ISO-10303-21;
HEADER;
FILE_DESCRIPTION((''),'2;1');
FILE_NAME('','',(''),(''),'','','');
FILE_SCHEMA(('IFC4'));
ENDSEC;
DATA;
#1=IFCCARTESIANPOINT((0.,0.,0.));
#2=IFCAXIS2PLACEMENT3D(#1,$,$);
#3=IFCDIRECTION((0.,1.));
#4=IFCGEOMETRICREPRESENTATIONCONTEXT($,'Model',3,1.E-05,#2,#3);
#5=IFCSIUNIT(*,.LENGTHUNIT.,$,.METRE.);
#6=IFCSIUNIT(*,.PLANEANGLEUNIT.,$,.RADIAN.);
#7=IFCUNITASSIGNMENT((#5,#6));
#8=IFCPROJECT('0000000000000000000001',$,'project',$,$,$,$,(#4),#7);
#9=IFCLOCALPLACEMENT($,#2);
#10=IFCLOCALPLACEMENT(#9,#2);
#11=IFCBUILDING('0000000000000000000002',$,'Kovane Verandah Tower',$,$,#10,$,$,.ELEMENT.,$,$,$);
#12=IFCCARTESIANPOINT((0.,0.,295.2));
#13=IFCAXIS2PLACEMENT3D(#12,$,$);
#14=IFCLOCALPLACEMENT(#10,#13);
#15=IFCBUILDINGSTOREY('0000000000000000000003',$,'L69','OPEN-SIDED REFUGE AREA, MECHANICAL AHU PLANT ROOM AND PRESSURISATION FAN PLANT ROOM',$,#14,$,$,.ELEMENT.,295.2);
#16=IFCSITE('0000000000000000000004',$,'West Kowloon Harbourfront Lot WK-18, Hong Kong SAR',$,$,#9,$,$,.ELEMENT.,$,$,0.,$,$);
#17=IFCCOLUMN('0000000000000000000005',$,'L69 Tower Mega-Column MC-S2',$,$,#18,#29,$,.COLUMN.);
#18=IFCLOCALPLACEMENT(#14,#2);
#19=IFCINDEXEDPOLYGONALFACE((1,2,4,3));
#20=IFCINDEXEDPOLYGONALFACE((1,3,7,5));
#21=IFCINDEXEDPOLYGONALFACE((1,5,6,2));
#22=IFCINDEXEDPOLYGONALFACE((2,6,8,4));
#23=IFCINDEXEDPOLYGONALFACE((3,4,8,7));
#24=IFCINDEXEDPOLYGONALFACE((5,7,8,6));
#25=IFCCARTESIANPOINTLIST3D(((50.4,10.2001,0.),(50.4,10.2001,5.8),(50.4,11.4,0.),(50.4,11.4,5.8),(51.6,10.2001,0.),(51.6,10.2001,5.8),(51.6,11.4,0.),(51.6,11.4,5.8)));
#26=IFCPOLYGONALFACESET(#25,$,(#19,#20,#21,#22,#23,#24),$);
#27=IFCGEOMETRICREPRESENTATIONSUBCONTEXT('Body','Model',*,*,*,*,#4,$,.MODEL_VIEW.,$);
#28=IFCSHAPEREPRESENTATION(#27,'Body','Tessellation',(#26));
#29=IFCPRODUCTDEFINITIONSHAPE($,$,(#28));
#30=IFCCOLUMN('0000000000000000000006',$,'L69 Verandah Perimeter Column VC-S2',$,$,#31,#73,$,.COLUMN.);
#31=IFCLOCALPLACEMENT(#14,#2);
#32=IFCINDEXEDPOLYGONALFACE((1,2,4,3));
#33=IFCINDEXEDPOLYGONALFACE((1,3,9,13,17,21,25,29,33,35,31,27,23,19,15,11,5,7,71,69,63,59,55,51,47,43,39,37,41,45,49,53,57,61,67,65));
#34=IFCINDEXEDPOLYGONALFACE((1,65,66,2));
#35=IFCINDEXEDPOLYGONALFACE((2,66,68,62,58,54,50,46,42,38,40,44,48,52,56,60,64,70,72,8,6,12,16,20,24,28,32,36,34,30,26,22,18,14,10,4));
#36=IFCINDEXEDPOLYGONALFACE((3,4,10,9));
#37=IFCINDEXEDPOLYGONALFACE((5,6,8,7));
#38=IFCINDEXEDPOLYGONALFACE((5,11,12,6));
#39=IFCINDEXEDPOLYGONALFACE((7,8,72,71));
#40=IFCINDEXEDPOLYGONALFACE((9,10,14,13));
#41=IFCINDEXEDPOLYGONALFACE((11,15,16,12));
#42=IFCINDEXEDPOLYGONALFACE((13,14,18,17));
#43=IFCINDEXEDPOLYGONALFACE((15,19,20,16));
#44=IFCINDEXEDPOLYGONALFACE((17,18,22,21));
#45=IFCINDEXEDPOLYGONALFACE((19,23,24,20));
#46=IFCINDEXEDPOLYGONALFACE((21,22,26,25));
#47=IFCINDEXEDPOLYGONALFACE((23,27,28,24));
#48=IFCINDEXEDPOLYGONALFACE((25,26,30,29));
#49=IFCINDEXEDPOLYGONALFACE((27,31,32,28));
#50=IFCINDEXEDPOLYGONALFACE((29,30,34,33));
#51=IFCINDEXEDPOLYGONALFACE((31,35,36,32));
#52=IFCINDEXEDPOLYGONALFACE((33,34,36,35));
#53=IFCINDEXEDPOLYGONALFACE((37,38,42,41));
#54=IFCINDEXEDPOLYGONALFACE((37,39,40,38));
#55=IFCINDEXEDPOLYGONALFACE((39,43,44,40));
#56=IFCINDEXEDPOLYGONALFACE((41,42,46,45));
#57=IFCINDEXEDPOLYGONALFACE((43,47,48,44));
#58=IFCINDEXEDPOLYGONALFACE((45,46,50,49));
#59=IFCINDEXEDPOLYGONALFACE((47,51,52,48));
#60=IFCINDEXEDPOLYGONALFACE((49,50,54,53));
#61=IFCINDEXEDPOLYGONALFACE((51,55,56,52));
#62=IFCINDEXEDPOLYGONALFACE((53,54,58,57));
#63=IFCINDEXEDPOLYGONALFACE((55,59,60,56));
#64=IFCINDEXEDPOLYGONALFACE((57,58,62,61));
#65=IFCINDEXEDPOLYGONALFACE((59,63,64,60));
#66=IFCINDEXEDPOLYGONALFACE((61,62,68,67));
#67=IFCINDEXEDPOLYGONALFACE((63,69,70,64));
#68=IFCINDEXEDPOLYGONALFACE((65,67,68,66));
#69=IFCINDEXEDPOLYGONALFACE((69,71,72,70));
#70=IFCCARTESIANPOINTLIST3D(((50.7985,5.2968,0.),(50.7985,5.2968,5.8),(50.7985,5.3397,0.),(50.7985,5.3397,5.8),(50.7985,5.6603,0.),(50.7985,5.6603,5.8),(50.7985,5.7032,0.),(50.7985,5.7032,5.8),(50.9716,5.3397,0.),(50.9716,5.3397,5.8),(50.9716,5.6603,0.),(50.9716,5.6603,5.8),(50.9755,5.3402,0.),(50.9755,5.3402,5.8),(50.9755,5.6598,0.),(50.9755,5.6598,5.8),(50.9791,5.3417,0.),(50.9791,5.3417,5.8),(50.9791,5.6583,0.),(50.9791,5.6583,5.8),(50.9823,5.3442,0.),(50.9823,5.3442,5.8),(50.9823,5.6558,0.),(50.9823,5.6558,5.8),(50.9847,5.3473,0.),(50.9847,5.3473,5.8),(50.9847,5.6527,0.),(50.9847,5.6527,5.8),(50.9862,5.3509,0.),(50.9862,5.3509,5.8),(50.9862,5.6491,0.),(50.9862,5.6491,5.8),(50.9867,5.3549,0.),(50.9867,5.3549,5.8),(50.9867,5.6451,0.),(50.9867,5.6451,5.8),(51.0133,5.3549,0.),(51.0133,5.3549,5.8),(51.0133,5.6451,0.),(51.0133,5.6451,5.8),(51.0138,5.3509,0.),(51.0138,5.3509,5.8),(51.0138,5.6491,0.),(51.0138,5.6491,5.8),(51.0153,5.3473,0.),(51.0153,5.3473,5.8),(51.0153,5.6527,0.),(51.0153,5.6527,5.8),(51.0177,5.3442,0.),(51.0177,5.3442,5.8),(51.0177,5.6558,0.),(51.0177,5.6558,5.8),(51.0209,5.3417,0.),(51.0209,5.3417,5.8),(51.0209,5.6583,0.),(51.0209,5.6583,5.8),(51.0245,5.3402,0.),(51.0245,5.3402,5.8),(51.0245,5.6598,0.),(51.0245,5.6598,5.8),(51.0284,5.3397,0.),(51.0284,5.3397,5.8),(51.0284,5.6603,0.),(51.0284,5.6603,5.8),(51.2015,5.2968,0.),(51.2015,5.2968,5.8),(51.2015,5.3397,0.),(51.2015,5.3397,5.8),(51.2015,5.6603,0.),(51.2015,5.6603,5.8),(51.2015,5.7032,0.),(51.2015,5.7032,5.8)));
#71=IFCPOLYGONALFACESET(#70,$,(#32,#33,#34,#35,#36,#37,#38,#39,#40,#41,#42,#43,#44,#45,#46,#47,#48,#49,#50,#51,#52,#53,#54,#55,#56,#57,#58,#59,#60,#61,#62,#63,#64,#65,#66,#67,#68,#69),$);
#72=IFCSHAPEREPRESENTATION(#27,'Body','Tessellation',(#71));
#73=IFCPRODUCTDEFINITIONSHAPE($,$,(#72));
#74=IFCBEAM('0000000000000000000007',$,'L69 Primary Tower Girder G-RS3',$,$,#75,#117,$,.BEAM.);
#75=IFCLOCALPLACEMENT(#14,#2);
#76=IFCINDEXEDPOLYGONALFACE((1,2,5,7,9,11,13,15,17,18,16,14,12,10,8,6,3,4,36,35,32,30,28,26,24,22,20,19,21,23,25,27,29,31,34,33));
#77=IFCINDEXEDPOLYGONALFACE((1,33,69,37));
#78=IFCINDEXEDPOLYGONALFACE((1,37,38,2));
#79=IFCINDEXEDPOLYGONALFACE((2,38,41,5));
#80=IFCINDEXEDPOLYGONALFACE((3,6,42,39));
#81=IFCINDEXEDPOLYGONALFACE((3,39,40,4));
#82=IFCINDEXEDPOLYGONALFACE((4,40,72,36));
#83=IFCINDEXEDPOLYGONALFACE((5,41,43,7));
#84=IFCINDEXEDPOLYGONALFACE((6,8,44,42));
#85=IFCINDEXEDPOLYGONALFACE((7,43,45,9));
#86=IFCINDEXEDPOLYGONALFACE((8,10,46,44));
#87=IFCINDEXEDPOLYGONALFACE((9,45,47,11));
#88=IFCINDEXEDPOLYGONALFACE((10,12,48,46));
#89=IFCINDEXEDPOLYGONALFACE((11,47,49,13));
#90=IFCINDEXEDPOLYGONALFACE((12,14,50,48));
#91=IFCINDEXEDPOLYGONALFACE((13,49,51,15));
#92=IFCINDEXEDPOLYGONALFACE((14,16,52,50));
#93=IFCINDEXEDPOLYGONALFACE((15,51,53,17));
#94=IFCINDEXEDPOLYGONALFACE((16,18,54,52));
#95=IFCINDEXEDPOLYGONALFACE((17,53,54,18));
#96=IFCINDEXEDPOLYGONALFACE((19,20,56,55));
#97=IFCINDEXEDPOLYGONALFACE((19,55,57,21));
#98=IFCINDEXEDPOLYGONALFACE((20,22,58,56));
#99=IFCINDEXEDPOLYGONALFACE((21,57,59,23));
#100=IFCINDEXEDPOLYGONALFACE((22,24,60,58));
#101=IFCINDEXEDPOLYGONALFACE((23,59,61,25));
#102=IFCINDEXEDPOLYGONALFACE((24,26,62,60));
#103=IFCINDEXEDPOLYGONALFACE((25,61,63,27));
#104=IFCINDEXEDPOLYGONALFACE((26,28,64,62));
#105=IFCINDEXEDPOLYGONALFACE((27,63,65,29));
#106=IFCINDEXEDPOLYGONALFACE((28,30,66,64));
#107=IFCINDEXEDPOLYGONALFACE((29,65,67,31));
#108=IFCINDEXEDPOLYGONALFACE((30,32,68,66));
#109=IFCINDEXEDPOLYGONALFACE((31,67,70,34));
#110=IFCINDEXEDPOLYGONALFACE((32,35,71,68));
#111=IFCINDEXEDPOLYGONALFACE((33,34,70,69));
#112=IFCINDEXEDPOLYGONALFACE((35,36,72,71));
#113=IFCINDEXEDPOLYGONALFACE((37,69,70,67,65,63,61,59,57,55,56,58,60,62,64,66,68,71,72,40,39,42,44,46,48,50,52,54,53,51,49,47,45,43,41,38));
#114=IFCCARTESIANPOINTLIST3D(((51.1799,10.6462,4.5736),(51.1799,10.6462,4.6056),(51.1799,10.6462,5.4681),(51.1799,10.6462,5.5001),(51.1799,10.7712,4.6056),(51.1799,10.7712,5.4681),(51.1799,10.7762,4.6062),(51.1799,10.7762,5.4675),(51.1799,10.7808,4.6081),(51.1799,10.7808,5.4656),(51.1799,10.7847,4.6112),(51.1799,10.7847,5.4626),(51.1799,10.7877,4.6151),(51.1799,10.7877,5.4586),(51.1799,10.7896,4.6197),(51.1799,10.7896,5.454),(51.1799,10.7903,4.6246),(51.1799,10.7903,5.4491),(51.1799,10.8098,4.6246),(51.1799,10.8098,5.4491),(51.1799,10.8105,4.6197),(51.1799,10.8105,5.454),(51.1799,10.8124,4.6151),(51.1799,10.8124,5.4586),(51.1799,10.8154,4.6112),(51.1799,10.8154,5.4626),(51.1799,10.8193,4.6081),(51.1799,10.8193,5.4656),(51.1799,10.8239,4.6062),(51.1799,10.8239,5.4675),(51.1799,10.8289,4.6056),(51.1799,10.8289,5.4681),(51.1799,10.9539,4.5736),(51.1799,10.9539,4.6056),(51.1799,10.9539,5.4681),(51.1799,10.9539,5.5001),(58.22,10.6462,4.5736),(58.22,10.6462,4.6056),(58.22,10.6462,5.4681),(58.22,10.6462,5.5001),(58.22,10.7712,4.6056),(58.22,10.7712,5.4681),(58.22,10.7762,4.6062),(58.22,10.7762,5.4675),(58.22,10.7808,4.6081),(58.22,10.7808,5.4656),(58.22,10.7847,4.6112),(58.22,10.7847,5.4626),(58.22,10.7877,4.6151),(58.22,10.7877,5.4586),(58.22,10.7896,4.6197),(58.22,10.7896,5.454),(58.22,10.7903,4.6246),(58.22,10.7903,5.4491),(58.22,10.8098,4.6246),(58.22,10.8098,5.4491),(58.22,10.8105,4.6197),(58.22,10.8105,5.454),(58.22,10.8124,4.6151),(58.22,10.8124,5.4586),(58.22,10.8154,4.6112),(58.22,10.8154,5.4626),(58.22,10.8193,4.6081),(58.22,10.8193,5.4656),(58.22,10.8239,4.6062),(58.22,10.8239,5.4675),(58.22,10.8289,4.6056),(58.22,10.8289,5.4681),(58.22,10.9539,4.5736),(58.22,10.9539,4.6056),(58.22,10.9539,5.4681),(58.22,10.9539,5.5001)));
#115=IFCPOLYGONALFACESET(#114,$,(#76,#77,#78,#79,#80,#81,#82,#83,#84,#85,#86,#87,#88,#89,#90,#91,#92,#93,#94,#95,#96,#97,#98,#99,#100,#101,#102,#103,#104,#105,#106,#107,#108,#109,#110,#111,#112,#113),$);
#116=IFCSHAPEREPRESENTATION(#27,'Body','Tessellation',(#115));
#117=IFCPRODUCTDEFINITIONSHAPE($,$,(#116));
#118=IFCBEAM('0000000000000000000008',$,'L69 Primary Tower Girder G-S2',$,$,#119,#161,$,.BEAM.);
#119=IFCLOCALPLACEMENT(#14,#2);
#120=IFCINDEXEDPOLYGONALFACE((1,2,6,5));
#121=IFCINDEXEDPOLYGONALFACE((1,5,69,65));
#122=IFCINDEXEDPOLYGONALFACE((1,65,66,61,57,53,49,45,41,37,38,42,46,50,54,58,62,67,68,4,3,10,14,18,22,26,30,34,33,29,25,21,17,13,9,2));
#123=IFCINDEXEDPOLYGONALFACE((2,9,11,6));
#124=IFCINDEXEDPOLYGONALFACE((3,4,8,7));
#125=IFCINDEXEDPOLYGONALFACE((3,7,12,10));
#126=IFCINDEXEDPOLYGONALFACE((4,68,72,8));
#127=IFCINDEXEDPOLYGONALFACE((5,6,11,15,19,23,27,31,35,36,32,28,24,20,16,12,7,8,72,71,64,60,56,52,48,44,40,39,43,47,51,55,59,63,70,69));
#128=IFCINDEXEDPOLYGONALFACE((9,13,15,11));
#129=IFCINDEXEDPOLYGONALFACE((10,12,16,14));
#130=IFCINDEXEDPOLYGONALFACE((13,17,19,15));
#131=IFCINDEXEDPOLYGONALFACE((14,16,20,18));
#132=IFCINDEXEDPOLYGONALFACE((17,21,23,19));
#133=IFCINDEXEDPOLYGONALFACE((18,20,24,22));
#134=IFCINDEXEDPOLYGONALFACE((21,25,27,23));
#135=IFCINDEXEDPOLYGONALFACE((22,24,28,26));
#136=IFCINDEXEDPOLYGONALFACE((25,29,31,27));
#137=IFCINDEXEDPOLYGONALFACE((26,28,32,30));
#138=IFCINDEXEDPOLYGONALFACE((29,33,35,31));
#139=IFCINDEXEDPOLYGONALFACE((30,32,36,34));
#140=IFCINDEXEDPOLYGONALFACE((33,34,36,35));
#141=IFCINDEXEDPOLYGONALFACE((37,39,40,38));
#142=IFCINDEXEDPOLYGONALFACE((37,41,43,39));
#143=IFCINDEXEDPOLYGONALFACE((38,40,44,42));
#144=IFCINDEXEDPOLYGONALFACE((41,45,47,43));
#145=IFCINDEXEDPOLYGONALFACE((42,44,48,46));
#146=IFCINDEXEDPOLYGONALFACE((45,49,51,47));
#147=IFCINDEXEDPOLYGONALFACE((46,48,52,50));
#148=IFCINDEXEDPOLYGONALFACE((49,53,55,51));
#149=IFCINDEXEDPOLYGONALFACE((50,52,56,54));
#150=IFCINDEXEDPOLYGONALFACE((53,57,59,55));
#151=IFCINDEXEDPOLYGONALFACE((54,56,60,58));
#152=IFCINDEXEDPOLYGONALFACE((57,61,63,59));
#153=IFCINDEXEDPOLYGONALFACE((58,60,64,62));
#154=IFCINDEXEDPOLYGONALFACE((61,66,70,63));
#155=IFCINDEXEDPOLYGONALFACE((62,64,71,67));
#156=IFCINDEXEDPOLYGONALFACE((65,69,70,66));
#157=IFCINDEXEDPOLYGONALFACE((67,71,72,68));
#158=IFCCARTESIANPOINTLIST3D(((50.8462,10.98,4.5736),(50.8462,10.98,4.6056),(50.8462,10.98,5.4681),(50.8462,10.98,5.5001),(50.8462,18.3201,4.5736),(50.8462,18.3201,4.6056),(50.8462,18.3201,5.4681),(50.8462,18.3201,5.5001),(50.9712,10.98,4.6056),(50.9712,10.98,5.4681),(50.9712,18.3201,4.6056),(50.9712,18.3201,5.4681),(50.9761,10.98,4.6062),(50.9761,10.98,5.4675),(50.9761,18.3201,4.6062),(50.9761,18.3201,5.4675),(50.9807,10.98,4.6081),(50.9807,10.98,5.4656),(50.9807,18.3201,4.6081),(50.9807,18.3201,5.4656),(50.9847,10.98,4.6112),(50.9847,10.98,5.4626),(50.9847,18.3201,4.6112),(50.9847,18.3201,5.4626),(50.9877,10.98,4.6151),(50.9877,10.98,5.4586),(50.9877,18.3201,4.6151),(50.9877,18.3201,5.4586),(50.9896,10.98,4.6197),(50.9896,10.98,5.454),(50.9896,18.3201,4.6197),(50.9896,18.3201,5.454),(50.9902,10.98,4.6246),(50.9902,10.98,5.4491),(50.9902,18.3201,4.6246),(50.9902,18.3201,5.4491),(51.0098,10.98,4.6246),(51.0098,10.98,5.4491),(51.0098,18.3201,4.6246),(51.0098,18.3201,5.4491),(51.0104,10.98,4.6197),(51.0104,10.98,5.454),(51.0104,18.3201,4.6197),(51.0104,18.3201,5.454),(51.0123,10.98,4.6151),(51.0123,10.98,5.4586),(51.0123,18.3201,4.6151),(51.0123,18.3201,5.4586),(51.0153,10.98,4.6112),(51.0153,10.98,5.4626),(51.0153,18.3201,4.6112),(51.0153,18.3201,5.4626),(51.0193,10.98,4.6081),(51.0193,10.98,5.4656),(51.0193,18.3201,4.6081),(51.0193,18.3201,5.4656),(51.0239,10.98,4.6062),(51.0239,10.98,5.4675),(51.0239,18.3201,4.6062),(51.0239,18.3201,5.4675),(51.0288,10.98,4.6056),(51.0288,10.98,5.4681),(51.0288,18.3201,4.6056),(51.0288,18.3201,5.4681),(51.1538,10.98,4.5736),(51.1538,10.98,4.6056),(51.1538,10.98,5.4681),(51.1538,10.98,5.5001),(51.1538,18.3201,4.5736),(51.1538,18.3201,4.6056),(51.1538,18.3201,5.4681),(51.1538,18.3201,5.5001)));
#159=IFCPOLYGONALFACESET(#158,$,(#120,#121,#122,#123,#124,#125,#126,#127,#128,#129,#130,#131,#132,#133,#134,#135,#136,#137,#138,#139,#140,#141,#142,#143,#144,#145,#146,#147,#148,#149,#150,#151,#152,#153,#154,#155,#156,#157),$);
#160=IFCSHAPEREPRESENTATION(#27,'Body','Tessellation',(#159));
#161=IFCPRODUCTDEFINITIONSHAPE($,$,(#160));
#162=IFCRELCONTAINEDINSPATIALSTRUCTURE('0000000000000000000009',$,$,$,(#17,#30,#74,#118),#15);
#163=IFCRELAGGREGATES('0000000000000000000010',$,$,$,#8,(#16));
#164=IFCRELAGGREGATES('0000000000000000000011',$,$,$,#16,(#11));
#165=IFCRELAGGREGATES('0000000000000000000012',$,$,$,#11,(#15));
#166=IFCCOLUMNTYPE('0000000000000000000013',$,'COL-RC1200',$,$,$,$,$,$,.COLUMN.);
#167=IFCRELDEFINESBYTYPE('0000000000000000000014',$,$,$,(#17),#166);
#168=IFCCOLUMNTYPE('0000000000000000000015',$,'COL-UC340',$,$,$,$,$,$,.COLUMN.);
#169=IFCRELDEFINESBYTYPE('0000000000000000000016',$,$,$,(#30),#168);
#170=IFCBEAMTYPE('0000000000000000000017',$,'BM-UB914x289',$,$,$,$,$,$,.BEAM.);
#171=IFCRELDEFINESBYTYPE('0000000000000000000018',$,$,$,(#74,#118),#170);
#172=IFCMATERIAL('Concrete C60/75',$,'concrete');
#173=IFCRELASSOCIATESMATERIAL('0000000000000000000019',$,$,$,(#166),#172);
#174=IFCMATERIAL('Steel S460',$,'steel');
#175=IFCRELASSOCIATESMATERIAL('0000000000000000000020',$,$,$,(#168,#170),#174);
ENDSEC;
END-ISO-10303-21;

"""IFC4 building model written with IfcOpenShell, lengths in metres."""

from ifc_helpers import new_model, si_unit, direction, frame, origin, origin_2d, place, context, subcontext, project, spatial, rectangle, i_section, extrude, material, material_profile, profile_set, type_object, element, save


model = new_model("IFC4")

# Units and contexts
model_context = context("Model", 3, precision=1e-05, world=origin(), true_north=direction((0.0, 1.0)))
body_context = subcontext(model_context, "Body", "Model", "MODEL_VIEW")
ifc_project = project(units=[si_unit("LENGTHUNIT", "METRE"), si_unit("PLANEANGLEUNIT", "RADIAN")], contexts=[model_context])

# Site, building, storey
site_placement = place(None, origin())
site = spatial("IfcSite", under=ifc_project, at=site_placement, Name="West Kowloon Harbourfront Lot WK-18, Hong Kong SAR", CompositionType="ELEMENT", RefElevation=0.0)
building_placement = place(site_placement, origin())
building = spatial("IfcBuilding", under=site, at=building_placement, Name="Kovane Verandah Tower", CompositionType="ELEMENT")
storey_placement = place(building_placement, frame((0.0, 0.0, 295.2)))
storey = spatial("IfcBuildingStorey", under=building, at=storey_placement, Name="L69", Description="OPEN-SIDED REFUGE AREA, MECHANICAL AHU PLANT ROOM AND PRESSURISATION FAN PLANT ROOM", CompositionType="ELEMENT", Elevation=295.2)

# Columns
ifc_material_1 = material(Name="Concrete C60/75", Category="concrete")
ifc_material_profile_1 = material_profile(ifc_material_1, rectangle(XDim=1.2, YDim=1.2, at=origin_2d()), Name="RC1200x1200")
ifc_profile_set_1 = profile_set([ifc_material_profile_1], Name="Concrete C60/75")
column_type_1 = type_object("IfcColumnType", Name="COL-RC1200", PredefinedType="COLUMN", material=ifc_profile_set_1)
column_1_placement = place(storey_placement, frame((51.0, 10.8, 0.0), z_axis=(0.0, 0.0, 1.0), x_axis=(1.0, 0.0, 0.0)))
element("IfcColumn", 1, at=column_1_placement, inside=storey, type_object=column_type_1, Name="L69 Tower Mega-Column MC-S2", PredefinedType="COLUMN", context=body_context, shape_type="SweptSolid", body=[
    extrude(rectangle(XDim=1.2, YDim=1.2, at=origin_2d()), origin(), (0.0, 0.0, 1.0), 5.8),
])
ifc_material_2 = material(Name="Steel S460", Category="steel")
ifc_material_profile_2 = material_profile(ifc_material_2, i_section(OverallWidth=0.4031, OverallDepth=0.4065, WebThickness=0.0266, FlangeThickness=0.043, FilletRadius=0.0151, at=origin_2d()), Name="UC356x406x340")
ifc_profile_set_2 = profile_set([ifc_material_profile_2], Name="Steel S460")
column_type_2 = type_object("IfcColumnType", Name="COL-UC340", PredefinedType="COLUMN", material=ifc_profile_set_2)
column_2_placement = place(storey_placement, frame((51.0, 5.5, 0.0), z_axis=(0.0, 0.0, 1.0), x_axis=(1.0, 0.0, 0.0)))
element("IfcColumn", 2, at=column_2_placement, inside=storey, type_object=column_type_2, Name="L69 Verandah Perimeter Column VC-S2", PredefinedType="COLUMN", context=body_context, shape_type="SweptSolid", body=[
    extrude(i_section(OverallWidth=0.4031, OverallDepth=0.4065, WebThickness=0.0266, FlangeThickness=0.043, FilletRadius=0.0151, at=origin_2d()), origin(), (0.0, 0.0, 1.0), 5.8),
])

# Beams
ifc_material_profile_3 = material_profile(ifc_material_2, i_section(OverallWidth=0.3076, OverallDepth=0.9265, WebThickness=0.0195, FlangeThickness=0.032, FilletRadius=0.019, at=origin_2d()), Name="UB914x305x289")
ifc_profile_set_3 = profile_set([ifc_material_profile_3], Name="Steel S460")
beam_type = type_object("IfcBeamType", Name="BM-UB914x289", PredefinedType="BEAM", material=ifc_profile_set_3)
beam_1_placement = place(storey_placement, frame((51.1799, 10.8, 5.0369), z_axis=(1.0, 0.0, 0.0), x_axis=(0.0, 1.0, 0.0)))
element("IfcBeam", 3, at=beam_1_placement, inside=storey, type_object=beam_type, Name="L69 Primary Tower Girder G-RS3", PredefinedType="BEAM", context=body_context, shape_type="SweptSolid", body=[
    extrude(i_section(OverallWidth=0.3076, OverallDepth=0.9265, WebThickness=0.0195, FlangeThickness=0.032, FilletRadius=0.019, at=origin_2d()), origin(), (0.0, 0.0, 1.0), 7.04),
])
beam_2_placement = place(storey_placement, frame((51.0, 18.3201, 5.0369), z_axis=(0.0, -1.0, 0.0), x_axis=(1.0, 0.0, 0.0)))
element("IfcBeam", 4, at=beam_2_placement, inside=storey, type_object=beam_type, Name="L69 Primary Tower Girder G-S2", PredefinedType="BEAM", context=body_context, shape_type="SweptSolid", body=[
    extrude(i_section(OverallWidth=0.3076, OverallDepth=0.9265, WebThickness=0.0195, FlangeThickness=0.032, FilletRadius=0.019, at=origin_2d()), origin(), (0.0, 0.0, 1.0), 7.3401),
])

save(model, "model.ifc")
